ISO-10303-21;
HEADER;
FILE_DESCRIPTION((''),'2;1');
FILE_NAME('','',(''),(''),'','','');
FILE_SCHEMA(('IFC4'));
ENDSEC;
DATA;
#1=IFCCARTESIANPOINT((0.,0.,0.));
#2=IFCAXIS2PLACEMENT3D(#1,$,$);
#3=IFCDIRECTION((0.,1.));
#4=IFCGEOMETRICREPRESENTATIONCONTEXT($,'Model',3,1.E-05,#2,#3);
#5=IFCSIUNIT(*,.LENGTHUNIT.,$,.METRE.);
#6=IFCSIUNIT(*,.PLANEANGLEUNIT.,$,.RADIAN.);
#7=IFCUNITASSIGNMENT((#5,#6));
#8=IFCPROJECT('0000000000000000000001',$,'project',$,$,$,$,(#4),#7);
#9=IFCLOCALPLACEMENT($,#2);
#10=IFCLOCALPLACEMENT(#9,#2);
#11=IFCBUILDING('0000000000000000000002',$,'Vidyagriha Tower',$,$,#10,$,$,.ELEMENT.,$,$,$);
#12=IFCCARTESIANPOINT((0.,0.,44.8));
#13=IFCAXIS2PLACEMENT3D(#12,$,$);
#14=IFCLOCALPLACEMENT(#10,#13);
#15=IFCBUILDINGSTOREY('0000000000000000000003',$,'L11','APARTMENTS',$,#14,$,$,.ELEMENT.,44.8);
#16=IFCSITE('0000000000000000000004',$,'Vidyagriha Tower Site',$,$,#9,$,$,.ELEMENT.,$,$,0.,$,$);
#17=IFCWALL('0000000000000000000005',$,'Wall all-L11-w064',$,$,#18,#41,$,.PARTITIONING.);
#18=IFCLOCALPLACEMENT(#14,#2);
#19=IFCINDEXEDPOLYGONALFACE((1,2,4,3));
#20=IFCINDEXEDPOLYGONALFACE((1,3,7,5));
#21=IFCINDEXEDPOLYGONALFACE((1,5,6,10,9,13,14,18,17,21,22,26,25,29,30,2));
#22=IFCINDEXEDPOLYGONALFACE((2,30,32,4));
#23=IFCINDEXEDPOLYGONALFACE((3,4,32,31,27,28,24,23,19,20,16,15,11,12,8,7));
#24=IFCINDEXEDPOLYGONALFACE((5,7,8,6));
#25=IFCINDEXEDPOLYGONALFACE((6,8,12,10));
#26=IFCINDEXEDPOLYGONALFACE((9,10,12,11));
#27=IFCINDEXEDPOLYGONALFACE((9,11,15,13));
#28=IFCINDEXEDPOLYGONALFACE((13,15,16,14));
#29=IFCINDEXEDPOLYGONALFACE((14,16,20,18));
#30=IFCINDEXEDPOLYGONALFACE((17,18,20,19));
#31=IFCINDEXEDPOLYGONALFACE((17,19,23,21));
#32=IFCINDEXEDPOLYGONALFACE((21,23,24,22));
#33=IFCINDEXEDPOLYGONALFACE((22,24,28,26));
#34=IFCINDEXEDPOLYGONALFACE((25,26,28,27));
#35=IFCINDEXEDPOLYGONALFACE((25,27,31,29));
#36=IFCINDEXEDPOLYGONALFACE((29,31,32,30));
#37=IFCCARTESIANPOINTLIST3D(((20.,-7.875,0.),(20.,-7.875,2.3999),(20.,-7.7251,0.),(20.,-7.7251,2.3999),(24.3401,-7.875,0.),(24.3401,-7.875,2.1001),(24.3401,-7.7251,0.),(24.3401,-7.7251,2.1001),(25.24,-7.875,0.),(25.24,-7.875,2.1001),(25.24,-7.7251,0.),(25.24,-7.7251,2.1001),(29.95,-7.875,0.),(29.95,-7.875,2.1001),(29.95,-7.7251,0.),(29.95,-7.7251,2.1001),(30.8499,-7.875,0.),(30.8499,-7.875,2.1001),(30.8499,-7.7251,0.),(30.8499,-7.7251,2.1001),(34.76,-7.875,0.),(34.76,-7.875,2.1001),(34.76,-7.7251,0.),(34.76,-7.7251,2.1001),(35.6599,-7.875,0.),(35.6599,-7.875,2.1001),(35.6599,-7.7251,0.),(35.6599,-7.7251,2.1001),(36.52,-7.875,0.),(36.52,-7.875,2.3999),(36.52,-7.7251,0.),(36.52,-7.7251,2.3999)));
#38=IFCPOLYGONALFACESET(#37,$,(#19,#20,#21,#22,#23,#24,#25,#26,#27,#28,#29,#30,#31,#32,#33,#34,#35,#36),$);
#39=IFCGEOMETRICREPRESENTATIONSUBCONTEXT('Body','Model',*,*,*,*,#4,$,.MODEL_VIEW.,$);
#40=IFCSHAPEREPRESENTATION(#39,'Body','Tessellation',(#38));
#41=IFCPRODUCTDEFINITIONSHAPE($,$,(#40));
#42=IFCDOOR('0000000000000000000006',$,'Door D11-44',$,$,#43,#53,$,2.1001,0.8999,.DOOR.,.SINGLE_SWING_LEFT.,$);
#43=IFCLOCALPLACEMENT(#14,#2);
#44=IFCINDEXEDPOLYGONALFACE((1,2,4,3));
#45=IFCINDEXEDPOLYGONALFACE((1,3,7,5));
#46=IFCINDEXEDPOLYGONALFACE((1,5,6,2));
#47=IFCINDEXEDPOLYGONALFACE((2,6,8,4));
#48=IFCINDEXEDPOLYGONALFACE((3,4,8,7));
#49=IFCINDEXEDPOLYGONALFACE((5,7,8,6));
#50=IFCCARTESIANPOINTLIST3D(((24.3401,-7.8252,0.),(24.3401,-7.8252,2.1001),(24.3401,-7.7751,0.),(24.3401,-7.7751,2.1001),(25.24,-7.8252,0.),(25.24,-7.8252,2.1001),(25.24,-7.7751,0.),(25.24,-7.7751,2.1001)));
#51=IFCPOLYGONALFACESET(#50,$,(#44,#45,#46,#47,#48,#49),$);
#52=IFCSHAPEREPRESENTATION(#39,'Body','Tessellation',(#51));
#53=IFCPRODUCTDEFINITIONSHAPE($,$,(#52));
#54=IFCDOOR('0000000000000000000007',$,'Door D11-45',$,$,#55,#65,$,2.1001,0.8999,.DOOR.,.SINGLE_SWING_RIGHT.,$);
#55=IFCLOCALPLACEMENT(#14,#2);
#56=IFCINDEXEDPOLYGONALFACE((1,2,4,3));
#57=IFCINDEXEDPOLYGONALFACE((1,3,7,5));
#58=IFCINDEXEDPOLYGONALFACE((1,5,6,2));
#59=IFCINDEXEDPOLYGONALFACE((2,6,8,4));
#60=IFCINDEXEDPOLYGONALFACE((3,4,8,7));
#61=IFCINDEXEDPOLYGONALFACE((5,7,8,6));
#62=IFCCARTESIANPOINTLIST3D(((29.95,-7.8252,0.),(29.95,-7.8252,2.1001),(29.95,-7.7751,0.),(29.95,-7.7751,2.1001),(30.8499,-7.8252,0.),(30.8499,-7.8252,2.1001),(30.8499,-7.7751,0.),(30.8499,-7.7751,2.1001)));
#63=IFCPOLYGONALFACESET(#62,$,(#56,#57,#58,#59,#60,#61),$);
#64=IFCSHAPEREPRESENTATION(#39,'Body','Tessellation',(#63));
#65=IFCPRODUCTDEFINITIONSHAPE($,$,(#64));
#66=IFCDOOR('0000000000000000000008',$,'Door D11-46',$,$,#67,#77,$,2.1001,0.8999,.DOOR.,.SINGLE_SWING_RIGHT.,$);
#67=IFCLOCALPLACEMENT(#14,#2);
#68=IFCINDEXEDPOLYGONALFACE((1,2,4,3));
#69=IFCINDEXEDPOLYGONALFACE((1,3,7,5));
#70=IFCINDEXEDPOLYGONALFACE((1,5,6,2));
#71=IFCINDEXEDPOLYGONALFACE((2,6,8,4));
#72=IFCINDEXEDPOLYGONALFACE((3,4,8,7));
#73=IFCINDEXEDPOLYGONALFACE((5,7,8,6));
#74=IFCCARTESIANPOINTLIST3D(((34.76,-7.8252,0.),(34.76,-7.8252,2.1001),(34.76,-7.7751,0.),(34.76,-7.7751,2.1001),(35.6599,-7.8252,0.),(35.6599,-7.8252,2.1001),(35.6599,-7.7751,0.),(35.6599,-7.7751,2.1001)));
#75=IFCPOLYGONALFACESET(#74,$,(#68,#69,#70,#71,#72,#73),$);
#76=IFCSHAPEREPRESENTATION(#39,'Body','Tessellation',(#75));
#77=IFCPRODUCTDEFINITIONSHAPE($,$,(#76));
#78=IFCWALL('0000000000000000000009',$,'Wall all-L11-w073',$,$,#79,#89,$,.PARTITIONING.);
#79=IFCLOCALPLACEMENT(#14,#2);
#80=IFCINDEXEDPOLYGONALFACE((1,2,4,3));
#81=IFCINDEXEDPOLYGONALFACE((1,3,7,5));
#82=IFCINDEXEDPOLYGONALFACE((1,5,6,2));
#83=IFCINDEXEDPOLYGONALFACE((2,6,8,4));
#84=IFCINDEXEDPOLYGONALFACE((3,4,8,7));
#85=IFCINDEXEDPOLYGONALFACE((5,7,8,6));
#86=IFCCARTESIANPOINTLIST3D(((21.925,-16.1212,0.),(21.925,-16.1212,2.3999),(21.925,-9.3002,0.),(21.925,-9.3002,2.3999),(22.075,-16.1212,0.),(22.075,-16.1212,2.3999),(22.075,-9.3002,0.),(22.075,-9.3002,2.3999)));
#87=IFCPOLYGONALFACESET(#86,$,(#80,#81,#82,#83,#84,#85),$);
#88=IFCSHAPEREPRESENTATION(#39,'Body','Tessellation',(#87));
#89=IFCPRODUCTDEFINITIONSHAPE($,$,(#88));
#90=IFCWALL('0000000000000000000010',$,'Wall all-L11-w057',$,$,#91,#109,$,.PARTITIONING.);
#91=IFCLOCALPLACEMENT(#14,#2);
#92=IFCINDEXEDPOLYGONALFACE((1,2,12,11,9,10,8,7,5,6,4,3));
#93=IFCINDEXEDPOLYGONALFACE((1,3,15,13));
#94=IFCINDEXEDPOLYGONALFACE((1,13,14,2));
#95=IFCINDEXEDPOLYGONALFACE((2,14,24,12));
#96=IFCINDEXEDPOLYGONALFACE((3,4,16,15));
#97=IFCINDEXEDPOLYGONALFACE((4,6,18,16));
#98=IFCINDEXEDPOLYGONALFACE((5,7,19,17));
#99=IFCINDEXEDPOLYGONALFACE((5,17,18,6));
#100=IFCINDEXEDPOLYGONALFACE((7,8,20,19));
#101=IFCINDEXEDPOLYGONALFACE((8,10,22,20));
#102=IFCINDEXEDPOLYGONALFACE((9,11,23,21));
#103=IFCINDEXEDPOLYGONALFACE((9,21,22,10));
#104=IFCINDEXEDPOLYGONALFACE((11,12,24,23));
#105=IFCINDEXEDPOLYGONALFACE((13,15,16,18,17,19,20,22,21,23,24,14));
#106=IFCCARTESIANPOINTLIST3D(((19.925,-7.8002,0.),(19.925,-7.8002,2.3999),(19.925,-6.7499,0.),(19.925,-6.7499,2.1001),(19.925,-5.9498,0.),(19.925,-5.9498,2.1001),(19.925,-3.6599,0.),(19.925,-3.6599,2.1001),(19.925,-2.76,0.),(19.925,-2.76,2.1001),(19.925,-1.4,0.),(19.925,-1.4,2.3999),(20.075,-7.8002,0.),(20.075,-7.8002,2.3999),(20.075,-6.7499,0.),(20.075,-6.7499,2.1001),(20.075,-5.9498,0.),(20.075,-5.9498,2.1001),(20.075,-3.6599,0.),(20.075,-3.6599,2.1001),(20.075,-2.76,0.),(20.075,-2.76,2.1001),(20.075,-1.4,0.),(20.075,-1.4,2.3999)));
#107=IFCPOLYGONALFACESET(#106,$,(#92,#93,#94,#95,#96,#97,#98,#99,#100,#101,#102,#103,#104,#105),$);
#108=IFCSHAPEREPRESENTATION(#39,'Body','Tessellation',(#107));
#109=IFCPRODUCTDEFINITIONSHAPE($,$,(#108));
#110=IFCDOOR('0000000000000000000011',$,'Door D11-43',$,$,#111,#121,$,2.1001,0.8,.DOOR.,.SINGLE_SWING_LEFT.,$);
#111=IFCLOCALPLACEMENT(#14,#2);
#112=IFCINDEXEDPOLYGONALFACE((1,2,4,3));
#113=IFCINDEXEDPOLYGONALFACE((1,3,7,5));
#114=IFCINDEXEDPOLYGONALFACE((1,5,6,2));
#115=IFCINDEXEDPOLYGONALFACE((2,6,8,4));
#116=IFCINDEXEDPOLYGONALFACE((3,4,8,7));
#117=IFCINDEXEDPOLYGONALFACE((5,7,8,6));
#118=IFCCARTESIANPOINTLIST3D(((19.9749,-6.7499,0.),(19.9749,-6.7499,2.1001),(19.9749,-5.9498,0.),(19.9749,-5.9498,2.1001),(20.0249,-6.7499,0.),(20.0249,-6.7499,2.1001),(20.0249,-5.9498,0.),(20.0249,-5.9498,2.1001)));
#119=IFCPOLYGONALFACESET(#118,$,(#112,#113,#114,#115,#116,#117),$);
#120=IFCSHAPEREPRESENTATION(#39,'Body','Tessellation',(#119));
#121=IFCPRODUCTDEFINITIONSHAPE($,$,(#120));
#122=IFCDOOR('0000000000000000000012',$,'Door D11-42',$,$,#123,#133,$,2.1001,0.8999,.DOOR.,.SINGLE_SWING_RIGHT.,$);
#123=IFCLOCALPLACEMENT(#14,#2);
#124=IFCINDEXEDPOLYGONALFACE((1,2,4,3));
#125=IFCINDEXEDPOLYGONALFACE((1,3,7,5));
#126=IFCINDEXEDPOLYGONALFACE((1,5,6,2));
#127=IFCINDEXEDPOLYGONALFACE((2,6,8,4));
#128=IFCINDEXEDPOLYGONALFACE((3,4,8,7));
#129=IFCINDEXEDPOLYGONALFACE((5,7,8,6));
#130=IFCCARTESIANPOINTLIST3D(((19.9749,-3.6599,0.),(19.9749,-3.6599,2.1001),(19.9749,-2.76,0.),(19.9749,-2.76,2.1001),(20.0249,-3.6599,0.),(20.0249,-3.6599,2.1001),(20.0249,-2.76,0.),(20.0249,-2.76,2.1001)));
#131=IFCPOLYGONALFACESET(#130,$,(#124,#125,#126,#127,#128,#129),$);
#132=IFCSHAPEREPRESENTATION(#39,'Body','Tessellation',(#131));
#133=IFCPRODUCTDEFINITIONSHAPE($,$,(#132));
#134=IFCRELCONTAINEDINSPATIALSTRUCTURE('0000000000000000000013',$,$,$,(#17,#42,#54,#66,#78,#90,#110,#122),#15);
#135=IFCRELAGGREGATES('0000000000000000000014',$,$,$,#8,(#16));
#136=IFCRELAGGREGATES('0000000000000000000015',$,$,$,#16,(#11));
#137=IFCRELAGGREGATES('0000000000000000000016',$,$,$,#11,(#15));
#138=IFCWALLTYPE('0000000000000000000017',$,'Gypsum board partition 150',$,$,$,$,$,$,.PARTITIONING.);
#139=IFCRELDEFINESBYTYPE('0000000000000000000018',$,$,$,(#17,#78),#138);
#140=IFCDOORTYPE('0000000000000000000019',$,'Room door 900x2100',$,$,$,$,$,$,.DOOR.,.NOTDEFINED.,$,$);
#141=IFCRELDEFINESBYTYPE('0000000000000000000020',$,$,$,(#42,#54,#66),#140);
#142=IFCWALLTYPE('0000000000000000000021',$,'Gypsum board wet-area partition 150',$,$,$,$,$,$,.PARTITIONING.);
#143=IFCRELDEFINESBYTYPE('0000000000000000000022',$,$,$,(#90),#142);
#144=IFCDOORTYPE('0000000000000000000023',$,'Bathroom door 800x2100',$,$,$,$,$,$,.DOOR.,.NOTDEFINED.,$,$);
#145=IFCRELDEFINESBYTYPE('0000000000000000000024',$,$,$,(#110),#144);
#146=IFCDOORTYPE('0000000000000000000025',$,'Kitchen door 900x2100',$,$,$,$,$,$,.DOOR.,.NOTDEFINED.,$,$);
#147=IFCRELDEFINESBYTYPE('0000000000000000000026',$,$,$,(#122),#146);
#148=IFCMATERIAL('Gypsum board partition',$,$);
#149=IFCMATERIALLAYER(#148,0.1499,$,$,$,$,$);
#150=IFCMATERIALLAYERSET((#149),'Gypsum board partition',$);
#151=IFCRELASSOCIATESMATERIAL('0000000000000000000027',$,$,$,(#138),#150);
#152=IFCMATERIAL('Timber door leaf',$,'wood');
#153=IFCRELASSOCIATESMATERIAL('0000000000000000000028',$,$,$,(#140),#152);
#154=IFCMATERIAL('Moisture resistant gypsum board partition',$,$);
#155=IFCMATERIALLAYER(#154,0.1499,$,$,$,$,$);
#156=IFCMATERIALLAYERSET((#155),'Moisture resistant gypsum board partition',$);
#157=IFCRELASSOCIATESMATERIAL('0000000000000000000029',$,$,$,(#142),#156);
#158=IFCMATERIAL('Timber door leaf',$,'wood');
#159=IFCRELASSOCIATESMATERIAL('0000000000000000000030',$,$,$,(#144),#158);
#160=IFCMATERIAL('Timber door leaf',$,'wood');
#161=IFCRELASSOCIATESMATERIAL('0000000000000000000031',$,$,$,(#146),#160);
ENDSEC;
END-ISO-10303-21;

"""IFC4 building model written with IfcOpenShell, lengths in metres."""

from ifc_helpers import new_model, si_unit, direction, frame, frame_2d, origin, place, context, subcontext, project, spatial, rectangle, extrude, material, layer, layer_set, type_object, element, fill, save


model = new_model("IFC4")

# Units and contexts
model_context = context("Model", 3, precision=1e-05, world=origin(), true_north=direction((0.0, 1.0)))
body_context = subcontext(model_context, "Body", "Model", "MODEL_VIEW")
ifc_project = project(units=[si_unit("LENGTHUNIT", "METRE"), si_unit("PLANEANGLEUNIT", "RADIAN")], contexts=[model_context])

# Site, building, storey
site_placement = place(None, origin())
site = spatial("IfcSite", under=ifc_project, at=site_placement, Name="Vidyagriha Tower Site", CompositionType="ELEMENT", RefElevation=0.0)
building_placement = place(site_placement, origin())
building = spatial("IfcBuilding", under=site, at=building_placement, Name="Vidyagriha Tower", CompositionType="ELEMENT")
storey_placement = place(building_placement, frame((0.0, 0.0, 44.8)))
storey = spatial("IfcBuildingStorey", under=building, at=storey_placement, Name="L11", Description="APARTMENTS", CompositionType="ELEMENT", Elevation=44.8)

# Shared definitions
ifc_material_1 = material(Name="Gypsum board partition")
ifc_layer_1 = layer(ifc_material_1, 0.1499)
ifc_layer_set_1 = layer_set([ifc_layer_1], Name="Gypsum board partition")
wall_type_1 = type_object("IfcWallType", Name="Gypsum board partition 150", PredefinedType="PARTITIONING", material=ifc_layer_set_1)

# Shared definitions
ifc_material_2 = material(Name="Timber door leaf", Category="wood")
door_type_1 = type_object("IfcDoorType", Name="Room door 900x2100", OperationType="NOTDEFINED", PredefinedType="DOOR", material=ifc_material_2)

# Wall, openings, doors
wall_1_placement = place(storey_placement, frame((20.0, -7.8, 0.0)))
wall_1 = element("IfcWall", 1, at=wall_1_placement, inside=storey, type_object=wall_type_1, Name="Wall all-L11-w064", PredefinedType="PARTITIONING", context=body_context, shape_type="SweptSolid", body=[
    extrude(rectangle(XDim=16.52, YDim=0.1499, at=frame_2d((8.26, 0.0))), origin(), (0.0, 0.0, 1.0), 2.3999),
])
opening_1_placement = place(wall_1_placement, frame((4.3401, 0.0, 0.0)))
opening_1 = element("IfcOpeningElement", 2, at=opening_1_placement, cuts=wall_1, PredefinedType="OPENING", context=body_context, shape_type="SweptSolid", body=[
    extrude(rectangle(XDim=0.8999, YDim=2.1001, at=frame_2d((0.45, 1.05))), frame((0.0, 0.085, 0.0), z_axis=(0.0, -1.0, 0.0), x_axis=(1.0, 0.0, 0.0)), (0.0, 0.0, 1.0), 0.1699),
])
opening_2_placement = place(wall_1_placement, frame((9.95, 0.0, 0.0)))
opening_2 = element("IfcOpeningElement", 3, at=opening_2_placement, cuts=wall_1, PredefinedType="OPENING", context=body_context, shape_type="SweptSolid", body=[
    extrude(rectangle(XDim=0.8999, YDim=2.1001, at=frame_2d((0.45, 1.05))), frame((0.0, 0.085, 0.0), z_axis=(0.0, -1.0, 0.0), x_axis=(1.0, 0.0, 0.0)), (0.0, 0.0, 1.0), 0.1699),
])
opening_3_placement = place(wall_1_placement, frame((14.76, 0.0, 0.0)))
opening_3 = element("IfcOpeningElement", 4, at=opening_3_placement, cuts=wall_1, PredefinedType="OPENING", context=body_context, shape_type="SweptSolid", body=[
    extrude(rectangle(XDim=0.8999, YDim=2.1001, at=frame_2d((0.45, 1.05))), frame((0.0, 0.085, 0.0), z_axis=(0.0, -1.0, 0.0), x_axis=(1.0, 0.0, 0.0)), (0.0, 0.0, 1.0), 0.1699),
])
door_1_placement = place(opening_1_placement, origin())
door_1 = element("IfcDoor", 5, at=door_1_placement, inside=storey, type_object=door_type_1, Name="Door D11-44", OperationType="SINGLE_SWING_LEFT", OverallHeight=2.1001, OverallWidth=0.8999, PredefinedType="DOOR", context=body_context, shape_type="SweptSolid", body=[
    extrude(rectangle(XDim=0.8999, YDim=2.1001, at=frame_2d((0.45, 1.05))), frame((0.0, 0.0249, 0.0), z_axis=(0.0, -1.0, 0.0), x_axis=(1.0, 0.0, 0.0)), (0.0, 0.0, 1.0), 0.05),
])
fill(opening_1, door_1)
door_2_placement = place(opening_2_placement, origin())
door_2 = element("IfcDoor", 6, at=door_2_placement, inside=storey, type_object=door_type_1, Name="Door D11-45", OperationType="SINGLE_SWING_RIGHT", OverallHeight=2.1001, OverallWidth=0.8999, PredefinedType="DOOR", context=body_context, shape_type="SweptSolid", body=[
    extrude(rectangle(XDim=0.8999, YDim=2.1001, at=frame_2d((0.45, 1.05))), frame((0.0, 0.0249, 0.0), z_axis=(0.0, -1.0, 0.0), x_axis=(1.0, 0.0, 0.0)), (0.0, 0.0, 1.0), 0.05),
])
fill(opening_2, door_2)
door_3_placement = place(opening_3_placement, origin())
door_3 = element("IfcDoor", 7, at=door_3_placement, inside=storey, type_object=door_type_1, Name="Door D11-46", OperationType="SINGLE_SWING_RIGHT", OverallHeight=2.1001, OverallWidth=0.8999, PredefinedType="DOOR", context=body_context, shape_type="SweptSolid", body=[
    extrude(rectangle(XDim=0.8999, YDim=2.1001, at=frame_2d((0.45, 1.05))), frame((0.0, 0.0249, 0.0), z_axis=(0.0, -1.0, 0.0), x_axis=(1.0, 0.0, 0.0)), (0.0, 0.0, 1.0), 0.05),
])
fill(opening_3, door_3)

# Wall
wall_2_placement = place(storey_placement, frame((22.0, -9.3, 0.0), z_axis=(0.0, 0.0, 1.0), x_axis=(0.0, -1.0, 0.0)))
element("IfcWall", 8, at=wall_2_placement, inside=storey, type_object=wall_type_1, Name="Wall all-L11-w073", PredefinedType="PARTITIONING", context=body_context, shape_type="SweptSolid", body=[
    extrude(rectangle(XDim=6.821, YDim=0.1499, at=frame_2d((3.4106, 0.0))), origin(), (0.0, 0.0, 1.0), 2.3999),
])

# Wall, openings, doors
ifc_material_3 = material(Name="Moisture resistant gypsum board partition")
ifc_layer_2 = layer(ifc_material_3, 0.1499)
ifc_layer_set_2 = layer_set([ifc_layer_2], Name="Moisture resistant gypsum board partition")
wall_type_2 = type_object("IfcWallType", Name="Gypsum board wet-area partition 150", PredefinedType="PARTITIONING", material=ifc_layer_set_2)
wall_3_placement = place(storey_placement, frame((20.0, -1.3999, 0.0), z_axis=(0.0, 0.0, 1.0), x_axis=(0.0, -1.0, 0.0)))
wall_3 = element("IfcWall", 9, at=wall_3_placement, inside=storey, type_object=wall_type_2, Name="Wall all-L11-w057", PredefinedType="PARTITIONING", context=body_context, shape_type="SweptSolid", body=[
    extrude(rectangle(XDim=6.4001, YDim=0.1499, at=frame_2d((3.2002, 0.0))), origin(), (0.0, 0.0, 1.0), 2.3999),
])
opening_4_placement = place(wall_3_placement, frame((1.3601, 0.0, 0.0)))
opening_4 = element("IfcOpeningElement", 10, at=opening_4_placement, cuts=wall_3, PredefinedType="OPENING", context=body_context, shape_type="SweptSolid", body=[
    extrude(rectangle(XDim=0.8999, YDim=2.1001, at=frame_2d((0.45, 1.05))), frame((0.0, 0.085, 0.0), z_axis=(0.0, -1.0, 0.0), x_axis=(1.0, 0.0, 0.0)), (0.0, 0.0, 1.0), 0.1699),
])
opening_5_placement = place(wall_3_placement, frame((4.55, 0.0, 0.0)))
opening_5 = element("IfcOpeningElement", 11, at=opening_5_placement, cuts=wall_3, PredefinedType="OPENING", context=body_context, shape_type="SweptSolid", body=[
    extrude(rectangle(XDim=0.8, YDim=2.1001, at=frame_2d((0.3999, 1.05))), frame((0.0, 0.085, 0.0), z_axis=(0.0, -1.0, 0.0), x_axis=(1.0, 0.0, 0.0)), (0.0, 0.0, 1.0), 0.1699),
])
ifc_material_4 = material(Name="Timber door leaf", Category="wood")
door_type_2 = type_object("IfcDoorType", Name="Bathroom door 800x2100", OperationType="NOTDEFINED", PredefinedType="DOOR", material=ifc_material_4)
door_4_placement = place(opening_5_placement, origin())
door_4 = element("IfcDoor", 12, at=door_4_placement, inside=storey, type_object=door_type_2, Name="Door D11-43", OperationType="SINGLE_SWING_LEFT", OverallHeight=2.1001, OverallWidth=0.8, PredefinedType="DOOR", context=body_context, shape_type="SweptSolid", body=[
    extrude(rectangle(XDim=0.8, YDim=2.1001, at=frame_2d((0.3999, 1.05))), frame((0.0, 0.0249, 0.0), z_axis=(0.0, -1.0, 0.0), x_axis=(1.0, 0.0, 0.0)), (0.0, 0.0, 1.0), 0.05),
])
fill(opening_5, door_4)
ifc_material_5 = material(Name="Timber door leaf", Category="wood")
door_type_3 = type_object("IfcDoorType", Name="Kitchen door 900x2100", OperationType="NOTDEFINED", PredefinedType="DOOR", material=ifc_material_5)
door_5_placement = place(opening_4_placement, origin())
door_5 = element("IfcDoor", 13, at=door_5_placement, inside=storey, type_object=door_type_3, Name="Door D11-42", OperationType="SINGLE_SWING_RIGHT", OverallHeight=2.1001, OverallWidth=0.8999, PredefinedType="DOOR", context=body_context, shape_type="SweptSolid", body=[
    extrude(rectangle(XDim=0.8999, YDim=2.1001, at=frame_2d((0.45, 1.05))), frame((0.0, 0.0249, 0.0), z_axis=(0.0, -1.0, 0.0), x_axis=(1.0, 0.0, 0.0)), (0.0, 0.0, 1.0), 0.05),
])
fill(opening_4, door_5)

save(model, "model.ifc")
